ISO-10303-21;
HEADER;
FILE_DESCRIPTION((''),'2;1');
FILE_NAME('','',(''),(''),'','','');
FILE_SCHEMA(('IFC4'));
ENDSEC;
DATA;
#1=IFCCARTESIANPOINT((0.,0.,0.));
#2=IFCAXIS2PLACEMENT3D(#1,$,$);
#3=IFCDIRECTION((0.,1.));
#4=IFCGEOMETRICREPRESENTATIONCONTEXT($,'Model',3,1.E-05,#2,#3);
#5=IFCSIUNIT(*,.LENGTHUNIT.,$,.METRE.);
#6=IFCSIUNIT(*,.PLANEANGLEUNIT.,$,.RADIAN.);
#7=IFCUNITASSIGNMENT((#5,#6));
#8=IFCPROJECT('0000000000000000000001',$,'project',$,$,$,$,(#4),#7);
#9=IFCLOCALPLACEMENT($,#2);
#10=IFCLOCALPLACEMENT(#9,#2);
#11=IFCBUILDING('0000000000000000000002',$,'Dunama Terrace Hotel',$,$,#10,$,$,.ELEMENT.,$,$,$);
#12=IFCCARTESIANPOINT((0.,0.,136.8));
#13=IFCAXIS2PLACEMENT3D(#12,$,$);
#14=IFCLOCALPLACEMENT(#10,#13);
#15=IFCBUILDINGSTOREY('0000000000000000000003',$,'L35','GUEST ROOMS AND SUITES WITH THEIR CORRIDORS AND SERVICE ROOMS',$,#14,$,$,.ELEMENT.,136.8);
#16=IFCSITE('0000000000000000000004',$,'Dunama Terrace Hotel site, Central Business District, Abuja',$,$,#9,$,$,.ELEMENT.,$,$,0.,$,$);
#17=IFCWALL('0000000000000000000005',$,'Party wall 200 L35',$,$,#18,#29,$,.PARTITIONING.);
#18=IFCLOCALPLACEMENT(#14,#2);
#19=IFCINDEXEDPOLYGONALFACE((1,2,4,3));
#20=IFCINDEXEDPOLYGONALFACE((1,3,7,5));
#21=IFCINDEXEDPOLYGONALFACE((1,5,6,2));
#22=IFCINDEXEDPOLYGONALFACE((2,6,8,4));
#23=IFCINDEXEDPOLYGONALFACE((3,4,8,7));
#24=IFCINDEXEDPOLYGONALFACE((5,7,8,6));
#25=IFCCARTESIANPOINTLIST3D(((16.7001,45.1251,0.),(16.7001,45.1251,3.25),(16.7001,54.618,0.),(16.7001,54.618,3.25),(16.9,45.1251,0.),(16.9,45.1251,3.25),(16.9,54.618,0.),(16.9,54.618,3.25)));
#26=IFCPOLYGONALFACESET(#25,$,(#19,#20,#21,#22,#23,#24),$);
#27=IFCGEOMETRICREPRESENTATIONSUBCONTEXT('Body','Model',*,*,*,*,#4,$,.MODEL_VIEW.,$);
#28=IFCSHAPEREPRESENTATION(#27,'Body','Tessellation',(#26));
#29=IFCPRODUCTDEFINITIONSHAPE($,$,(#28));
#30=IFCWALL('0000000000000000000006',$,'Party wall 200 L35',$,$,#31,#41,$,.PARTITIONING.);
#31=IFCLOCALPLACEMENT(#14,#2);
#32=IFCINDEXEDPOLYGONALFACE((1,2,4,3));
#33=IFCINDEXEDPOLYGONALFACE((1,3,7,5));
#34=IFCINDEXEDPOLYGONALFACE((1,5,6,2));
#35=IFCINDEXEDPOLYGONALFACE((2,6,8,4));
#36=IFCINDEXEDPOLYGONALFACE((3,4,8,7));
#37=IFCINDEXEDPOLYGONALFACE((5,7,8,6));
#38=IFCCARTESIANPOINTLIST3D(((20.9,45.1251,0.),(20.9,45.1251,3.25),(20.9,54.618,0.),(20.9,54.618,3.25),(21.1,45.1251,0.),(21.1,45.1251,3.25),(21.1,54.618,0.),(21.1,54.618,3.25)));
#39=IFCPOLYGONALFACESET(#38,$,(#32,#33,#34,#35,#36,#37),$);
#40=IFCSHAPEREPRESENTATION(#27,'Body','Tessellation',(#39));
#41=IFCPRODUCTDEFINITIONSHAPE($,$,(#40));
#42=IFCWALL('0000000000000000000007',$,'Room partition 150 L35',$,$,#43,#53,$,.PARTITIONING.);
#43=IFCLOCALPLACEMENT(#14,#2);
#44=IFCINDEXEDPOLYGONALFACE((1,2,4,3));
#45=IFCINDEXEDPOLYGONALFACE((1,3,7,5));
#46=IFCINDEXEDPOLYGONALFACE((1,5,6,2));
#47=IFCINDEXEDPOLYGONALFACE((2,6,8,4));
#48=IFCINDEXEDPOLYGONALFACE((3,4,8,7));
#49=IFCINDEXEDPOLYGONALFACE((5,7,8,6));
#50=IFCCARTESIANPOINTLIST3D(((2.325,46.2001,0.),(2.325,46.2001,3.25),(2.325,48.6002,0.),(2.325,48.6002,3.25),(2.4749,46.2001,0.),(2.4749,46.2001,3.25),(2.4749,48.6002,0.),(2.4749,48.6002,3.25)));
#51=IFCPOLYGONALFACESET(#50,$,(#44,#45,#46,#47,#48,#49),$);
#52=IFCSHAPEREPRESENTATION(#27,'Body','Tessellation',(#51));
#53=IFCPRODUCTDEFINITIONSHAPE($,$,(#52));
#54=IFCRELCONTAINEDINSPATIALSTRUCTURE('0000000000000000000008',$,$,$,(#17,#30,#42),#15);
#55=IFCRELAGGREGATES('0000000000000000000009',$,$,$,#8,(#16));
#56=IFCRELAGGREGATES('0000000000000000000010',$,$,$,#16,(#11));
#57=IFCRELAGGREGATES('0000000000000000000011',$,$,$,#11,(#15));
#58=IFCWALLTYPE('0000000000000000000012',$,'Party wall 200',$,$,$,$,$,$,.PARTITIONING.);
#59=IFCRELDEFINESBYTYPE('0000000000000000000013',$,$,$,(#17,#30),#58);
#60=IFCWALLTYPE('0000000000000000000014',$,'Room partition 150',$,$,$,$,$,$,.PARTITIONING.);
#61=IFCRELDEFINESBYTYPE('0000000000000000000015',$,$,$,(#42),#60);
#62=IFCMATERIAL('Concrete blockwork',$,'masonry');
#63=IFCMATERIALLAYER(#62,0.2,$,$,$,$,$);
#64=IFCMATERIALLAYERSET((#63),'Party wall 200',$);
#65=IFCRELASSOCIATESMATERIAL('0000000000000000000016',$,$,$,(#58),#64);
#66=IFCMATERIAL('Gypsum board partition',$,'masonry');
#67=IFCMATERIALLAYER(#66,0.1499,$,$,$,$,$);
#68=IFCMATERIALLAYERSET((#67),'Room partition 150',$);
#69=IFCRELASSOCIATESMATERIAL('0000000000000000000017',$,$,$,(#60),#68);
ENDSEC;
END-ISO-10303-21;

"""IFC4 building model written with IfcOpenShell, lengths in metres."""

from ifc_helpers import new_model, si_unit, direction, frame, frame_2d, origin, place, context, subcontext, project, spatial, rectangle, extrude, material, layer, layer_set, type_object, element, save


model = new_model("IFC4")

# Units and contexts
model_context = context("Model", 3, precision=1e-05, world=origin(), true_north=direction((0.0, 1.0)))
body_context = subcontext(model_context, "Body", "Model", "MODEL_VIEW")
ifc_project = project(units=[si_unit("LENGTHUNIT", "METRE"), si_unit("PLANEANGLEUNIT", "RADIAN")], contexts=[model_context])

# Site, building, storey
site_placement = place(None, origin())
site = spatial("IfcSite", under=ifc_project, at=site_placement, Name="Dunama Terrace Hotel site, Central Business District, Abuja", CompositionType="ELEMENT", RefElevation=0.0)
building_placement = place(site_placement, origin())
building = spatial("IfcBuilding", under=site, at=building_placement, Name="Dunama Terrace Hotel", CompositionType="ELEMENT")
storey_placement = place(building_placement, frame((0.0, 0.0, 136.8)))
storey = spatial("IfcBuildingStorey", under=building, at=storey_placement, Name="L35", Description="GUEST ROOMS AND SUITES WITH THEIR CORRIDORS AND SERVICE ROOMS", CompositionType="ELEMENT", Elevation=136.8)

# Walls
ifc_material_1 = material(Name="Concrete blockwork", Category="masonry")
ifc_layer_1 = layer(ifc_material_1, 0.2)
ifc_layer_set_1 = layer_set([ifc_layer_1], Name="Party wall 200")
wall_type_1 = type_object("IfcWallType", Name="Party wall 200", PredefinedType="PARTITIONING", material=ifc_layer_set_1)
for number, where, z_axis, x_axis, name in (
    (1, (16.8, 45.125, 0.0), (0.0, 0.0, 1.0), (0.0, 1.0, 0.0), "Party wall 200 L35"),
    (2, (21.0, 45.125, 0.0), (0.0, 0.0, 1.0), (0.0, 1.0, 0.0), "Party wall 200 L35"),
):
    element("IfcWall", number, at=place(storey_placement, frame(where, z_axis=z_axis, x_axis=x_axis)), inside=storey, type_object=wall_type_1, Name=name, PredefinedType="PARTITIONING", context=body_context, shape_type="SweptSolid", body=[
        extrude(rectangle(XDim=9.4929, YDim=0.2, at=frame_2d((4.7466, 0.0))), origin(), (0.0, 0.0, 1.0), 3.25),
    ])
ifc_material_2 = material(Name="Gypsum board partition", Category="masonry")
ifc_layer_2 = layer(ifc_material_2, 0.1499)
ifc_layer_set_2 = layer_set([ifc_layer_2], Name="Room partition 150")
wall_type_2 = type_object("IfcWallType", Name="Room partition 150", PredefinedType="PARTITIONING", material=ifc_layer_set_2)
wall_1_placement = place(storey_placement, frame((2.3999, 46.2, 0.0), z_axis=(0.0, 0.0, 1.0), x_axis=(0.0, 1.0, 0.0)))
element("IfcWall", 3, at=wall_1_placement, inside=storey, type_object=wall_type_2, Name="Room partition 150 L35", PredefinedType="PARTITIONING", context=body_context, shape_type="SweptSolid", body=[
    extrude(rectangle(XDim=2.4001, YDim=0.1499, at=frame_2d((1.2002, 0.0))), origin(), (0.0, 0.0, 1.0), 3.25),
])

save(model, "model.ifc")
